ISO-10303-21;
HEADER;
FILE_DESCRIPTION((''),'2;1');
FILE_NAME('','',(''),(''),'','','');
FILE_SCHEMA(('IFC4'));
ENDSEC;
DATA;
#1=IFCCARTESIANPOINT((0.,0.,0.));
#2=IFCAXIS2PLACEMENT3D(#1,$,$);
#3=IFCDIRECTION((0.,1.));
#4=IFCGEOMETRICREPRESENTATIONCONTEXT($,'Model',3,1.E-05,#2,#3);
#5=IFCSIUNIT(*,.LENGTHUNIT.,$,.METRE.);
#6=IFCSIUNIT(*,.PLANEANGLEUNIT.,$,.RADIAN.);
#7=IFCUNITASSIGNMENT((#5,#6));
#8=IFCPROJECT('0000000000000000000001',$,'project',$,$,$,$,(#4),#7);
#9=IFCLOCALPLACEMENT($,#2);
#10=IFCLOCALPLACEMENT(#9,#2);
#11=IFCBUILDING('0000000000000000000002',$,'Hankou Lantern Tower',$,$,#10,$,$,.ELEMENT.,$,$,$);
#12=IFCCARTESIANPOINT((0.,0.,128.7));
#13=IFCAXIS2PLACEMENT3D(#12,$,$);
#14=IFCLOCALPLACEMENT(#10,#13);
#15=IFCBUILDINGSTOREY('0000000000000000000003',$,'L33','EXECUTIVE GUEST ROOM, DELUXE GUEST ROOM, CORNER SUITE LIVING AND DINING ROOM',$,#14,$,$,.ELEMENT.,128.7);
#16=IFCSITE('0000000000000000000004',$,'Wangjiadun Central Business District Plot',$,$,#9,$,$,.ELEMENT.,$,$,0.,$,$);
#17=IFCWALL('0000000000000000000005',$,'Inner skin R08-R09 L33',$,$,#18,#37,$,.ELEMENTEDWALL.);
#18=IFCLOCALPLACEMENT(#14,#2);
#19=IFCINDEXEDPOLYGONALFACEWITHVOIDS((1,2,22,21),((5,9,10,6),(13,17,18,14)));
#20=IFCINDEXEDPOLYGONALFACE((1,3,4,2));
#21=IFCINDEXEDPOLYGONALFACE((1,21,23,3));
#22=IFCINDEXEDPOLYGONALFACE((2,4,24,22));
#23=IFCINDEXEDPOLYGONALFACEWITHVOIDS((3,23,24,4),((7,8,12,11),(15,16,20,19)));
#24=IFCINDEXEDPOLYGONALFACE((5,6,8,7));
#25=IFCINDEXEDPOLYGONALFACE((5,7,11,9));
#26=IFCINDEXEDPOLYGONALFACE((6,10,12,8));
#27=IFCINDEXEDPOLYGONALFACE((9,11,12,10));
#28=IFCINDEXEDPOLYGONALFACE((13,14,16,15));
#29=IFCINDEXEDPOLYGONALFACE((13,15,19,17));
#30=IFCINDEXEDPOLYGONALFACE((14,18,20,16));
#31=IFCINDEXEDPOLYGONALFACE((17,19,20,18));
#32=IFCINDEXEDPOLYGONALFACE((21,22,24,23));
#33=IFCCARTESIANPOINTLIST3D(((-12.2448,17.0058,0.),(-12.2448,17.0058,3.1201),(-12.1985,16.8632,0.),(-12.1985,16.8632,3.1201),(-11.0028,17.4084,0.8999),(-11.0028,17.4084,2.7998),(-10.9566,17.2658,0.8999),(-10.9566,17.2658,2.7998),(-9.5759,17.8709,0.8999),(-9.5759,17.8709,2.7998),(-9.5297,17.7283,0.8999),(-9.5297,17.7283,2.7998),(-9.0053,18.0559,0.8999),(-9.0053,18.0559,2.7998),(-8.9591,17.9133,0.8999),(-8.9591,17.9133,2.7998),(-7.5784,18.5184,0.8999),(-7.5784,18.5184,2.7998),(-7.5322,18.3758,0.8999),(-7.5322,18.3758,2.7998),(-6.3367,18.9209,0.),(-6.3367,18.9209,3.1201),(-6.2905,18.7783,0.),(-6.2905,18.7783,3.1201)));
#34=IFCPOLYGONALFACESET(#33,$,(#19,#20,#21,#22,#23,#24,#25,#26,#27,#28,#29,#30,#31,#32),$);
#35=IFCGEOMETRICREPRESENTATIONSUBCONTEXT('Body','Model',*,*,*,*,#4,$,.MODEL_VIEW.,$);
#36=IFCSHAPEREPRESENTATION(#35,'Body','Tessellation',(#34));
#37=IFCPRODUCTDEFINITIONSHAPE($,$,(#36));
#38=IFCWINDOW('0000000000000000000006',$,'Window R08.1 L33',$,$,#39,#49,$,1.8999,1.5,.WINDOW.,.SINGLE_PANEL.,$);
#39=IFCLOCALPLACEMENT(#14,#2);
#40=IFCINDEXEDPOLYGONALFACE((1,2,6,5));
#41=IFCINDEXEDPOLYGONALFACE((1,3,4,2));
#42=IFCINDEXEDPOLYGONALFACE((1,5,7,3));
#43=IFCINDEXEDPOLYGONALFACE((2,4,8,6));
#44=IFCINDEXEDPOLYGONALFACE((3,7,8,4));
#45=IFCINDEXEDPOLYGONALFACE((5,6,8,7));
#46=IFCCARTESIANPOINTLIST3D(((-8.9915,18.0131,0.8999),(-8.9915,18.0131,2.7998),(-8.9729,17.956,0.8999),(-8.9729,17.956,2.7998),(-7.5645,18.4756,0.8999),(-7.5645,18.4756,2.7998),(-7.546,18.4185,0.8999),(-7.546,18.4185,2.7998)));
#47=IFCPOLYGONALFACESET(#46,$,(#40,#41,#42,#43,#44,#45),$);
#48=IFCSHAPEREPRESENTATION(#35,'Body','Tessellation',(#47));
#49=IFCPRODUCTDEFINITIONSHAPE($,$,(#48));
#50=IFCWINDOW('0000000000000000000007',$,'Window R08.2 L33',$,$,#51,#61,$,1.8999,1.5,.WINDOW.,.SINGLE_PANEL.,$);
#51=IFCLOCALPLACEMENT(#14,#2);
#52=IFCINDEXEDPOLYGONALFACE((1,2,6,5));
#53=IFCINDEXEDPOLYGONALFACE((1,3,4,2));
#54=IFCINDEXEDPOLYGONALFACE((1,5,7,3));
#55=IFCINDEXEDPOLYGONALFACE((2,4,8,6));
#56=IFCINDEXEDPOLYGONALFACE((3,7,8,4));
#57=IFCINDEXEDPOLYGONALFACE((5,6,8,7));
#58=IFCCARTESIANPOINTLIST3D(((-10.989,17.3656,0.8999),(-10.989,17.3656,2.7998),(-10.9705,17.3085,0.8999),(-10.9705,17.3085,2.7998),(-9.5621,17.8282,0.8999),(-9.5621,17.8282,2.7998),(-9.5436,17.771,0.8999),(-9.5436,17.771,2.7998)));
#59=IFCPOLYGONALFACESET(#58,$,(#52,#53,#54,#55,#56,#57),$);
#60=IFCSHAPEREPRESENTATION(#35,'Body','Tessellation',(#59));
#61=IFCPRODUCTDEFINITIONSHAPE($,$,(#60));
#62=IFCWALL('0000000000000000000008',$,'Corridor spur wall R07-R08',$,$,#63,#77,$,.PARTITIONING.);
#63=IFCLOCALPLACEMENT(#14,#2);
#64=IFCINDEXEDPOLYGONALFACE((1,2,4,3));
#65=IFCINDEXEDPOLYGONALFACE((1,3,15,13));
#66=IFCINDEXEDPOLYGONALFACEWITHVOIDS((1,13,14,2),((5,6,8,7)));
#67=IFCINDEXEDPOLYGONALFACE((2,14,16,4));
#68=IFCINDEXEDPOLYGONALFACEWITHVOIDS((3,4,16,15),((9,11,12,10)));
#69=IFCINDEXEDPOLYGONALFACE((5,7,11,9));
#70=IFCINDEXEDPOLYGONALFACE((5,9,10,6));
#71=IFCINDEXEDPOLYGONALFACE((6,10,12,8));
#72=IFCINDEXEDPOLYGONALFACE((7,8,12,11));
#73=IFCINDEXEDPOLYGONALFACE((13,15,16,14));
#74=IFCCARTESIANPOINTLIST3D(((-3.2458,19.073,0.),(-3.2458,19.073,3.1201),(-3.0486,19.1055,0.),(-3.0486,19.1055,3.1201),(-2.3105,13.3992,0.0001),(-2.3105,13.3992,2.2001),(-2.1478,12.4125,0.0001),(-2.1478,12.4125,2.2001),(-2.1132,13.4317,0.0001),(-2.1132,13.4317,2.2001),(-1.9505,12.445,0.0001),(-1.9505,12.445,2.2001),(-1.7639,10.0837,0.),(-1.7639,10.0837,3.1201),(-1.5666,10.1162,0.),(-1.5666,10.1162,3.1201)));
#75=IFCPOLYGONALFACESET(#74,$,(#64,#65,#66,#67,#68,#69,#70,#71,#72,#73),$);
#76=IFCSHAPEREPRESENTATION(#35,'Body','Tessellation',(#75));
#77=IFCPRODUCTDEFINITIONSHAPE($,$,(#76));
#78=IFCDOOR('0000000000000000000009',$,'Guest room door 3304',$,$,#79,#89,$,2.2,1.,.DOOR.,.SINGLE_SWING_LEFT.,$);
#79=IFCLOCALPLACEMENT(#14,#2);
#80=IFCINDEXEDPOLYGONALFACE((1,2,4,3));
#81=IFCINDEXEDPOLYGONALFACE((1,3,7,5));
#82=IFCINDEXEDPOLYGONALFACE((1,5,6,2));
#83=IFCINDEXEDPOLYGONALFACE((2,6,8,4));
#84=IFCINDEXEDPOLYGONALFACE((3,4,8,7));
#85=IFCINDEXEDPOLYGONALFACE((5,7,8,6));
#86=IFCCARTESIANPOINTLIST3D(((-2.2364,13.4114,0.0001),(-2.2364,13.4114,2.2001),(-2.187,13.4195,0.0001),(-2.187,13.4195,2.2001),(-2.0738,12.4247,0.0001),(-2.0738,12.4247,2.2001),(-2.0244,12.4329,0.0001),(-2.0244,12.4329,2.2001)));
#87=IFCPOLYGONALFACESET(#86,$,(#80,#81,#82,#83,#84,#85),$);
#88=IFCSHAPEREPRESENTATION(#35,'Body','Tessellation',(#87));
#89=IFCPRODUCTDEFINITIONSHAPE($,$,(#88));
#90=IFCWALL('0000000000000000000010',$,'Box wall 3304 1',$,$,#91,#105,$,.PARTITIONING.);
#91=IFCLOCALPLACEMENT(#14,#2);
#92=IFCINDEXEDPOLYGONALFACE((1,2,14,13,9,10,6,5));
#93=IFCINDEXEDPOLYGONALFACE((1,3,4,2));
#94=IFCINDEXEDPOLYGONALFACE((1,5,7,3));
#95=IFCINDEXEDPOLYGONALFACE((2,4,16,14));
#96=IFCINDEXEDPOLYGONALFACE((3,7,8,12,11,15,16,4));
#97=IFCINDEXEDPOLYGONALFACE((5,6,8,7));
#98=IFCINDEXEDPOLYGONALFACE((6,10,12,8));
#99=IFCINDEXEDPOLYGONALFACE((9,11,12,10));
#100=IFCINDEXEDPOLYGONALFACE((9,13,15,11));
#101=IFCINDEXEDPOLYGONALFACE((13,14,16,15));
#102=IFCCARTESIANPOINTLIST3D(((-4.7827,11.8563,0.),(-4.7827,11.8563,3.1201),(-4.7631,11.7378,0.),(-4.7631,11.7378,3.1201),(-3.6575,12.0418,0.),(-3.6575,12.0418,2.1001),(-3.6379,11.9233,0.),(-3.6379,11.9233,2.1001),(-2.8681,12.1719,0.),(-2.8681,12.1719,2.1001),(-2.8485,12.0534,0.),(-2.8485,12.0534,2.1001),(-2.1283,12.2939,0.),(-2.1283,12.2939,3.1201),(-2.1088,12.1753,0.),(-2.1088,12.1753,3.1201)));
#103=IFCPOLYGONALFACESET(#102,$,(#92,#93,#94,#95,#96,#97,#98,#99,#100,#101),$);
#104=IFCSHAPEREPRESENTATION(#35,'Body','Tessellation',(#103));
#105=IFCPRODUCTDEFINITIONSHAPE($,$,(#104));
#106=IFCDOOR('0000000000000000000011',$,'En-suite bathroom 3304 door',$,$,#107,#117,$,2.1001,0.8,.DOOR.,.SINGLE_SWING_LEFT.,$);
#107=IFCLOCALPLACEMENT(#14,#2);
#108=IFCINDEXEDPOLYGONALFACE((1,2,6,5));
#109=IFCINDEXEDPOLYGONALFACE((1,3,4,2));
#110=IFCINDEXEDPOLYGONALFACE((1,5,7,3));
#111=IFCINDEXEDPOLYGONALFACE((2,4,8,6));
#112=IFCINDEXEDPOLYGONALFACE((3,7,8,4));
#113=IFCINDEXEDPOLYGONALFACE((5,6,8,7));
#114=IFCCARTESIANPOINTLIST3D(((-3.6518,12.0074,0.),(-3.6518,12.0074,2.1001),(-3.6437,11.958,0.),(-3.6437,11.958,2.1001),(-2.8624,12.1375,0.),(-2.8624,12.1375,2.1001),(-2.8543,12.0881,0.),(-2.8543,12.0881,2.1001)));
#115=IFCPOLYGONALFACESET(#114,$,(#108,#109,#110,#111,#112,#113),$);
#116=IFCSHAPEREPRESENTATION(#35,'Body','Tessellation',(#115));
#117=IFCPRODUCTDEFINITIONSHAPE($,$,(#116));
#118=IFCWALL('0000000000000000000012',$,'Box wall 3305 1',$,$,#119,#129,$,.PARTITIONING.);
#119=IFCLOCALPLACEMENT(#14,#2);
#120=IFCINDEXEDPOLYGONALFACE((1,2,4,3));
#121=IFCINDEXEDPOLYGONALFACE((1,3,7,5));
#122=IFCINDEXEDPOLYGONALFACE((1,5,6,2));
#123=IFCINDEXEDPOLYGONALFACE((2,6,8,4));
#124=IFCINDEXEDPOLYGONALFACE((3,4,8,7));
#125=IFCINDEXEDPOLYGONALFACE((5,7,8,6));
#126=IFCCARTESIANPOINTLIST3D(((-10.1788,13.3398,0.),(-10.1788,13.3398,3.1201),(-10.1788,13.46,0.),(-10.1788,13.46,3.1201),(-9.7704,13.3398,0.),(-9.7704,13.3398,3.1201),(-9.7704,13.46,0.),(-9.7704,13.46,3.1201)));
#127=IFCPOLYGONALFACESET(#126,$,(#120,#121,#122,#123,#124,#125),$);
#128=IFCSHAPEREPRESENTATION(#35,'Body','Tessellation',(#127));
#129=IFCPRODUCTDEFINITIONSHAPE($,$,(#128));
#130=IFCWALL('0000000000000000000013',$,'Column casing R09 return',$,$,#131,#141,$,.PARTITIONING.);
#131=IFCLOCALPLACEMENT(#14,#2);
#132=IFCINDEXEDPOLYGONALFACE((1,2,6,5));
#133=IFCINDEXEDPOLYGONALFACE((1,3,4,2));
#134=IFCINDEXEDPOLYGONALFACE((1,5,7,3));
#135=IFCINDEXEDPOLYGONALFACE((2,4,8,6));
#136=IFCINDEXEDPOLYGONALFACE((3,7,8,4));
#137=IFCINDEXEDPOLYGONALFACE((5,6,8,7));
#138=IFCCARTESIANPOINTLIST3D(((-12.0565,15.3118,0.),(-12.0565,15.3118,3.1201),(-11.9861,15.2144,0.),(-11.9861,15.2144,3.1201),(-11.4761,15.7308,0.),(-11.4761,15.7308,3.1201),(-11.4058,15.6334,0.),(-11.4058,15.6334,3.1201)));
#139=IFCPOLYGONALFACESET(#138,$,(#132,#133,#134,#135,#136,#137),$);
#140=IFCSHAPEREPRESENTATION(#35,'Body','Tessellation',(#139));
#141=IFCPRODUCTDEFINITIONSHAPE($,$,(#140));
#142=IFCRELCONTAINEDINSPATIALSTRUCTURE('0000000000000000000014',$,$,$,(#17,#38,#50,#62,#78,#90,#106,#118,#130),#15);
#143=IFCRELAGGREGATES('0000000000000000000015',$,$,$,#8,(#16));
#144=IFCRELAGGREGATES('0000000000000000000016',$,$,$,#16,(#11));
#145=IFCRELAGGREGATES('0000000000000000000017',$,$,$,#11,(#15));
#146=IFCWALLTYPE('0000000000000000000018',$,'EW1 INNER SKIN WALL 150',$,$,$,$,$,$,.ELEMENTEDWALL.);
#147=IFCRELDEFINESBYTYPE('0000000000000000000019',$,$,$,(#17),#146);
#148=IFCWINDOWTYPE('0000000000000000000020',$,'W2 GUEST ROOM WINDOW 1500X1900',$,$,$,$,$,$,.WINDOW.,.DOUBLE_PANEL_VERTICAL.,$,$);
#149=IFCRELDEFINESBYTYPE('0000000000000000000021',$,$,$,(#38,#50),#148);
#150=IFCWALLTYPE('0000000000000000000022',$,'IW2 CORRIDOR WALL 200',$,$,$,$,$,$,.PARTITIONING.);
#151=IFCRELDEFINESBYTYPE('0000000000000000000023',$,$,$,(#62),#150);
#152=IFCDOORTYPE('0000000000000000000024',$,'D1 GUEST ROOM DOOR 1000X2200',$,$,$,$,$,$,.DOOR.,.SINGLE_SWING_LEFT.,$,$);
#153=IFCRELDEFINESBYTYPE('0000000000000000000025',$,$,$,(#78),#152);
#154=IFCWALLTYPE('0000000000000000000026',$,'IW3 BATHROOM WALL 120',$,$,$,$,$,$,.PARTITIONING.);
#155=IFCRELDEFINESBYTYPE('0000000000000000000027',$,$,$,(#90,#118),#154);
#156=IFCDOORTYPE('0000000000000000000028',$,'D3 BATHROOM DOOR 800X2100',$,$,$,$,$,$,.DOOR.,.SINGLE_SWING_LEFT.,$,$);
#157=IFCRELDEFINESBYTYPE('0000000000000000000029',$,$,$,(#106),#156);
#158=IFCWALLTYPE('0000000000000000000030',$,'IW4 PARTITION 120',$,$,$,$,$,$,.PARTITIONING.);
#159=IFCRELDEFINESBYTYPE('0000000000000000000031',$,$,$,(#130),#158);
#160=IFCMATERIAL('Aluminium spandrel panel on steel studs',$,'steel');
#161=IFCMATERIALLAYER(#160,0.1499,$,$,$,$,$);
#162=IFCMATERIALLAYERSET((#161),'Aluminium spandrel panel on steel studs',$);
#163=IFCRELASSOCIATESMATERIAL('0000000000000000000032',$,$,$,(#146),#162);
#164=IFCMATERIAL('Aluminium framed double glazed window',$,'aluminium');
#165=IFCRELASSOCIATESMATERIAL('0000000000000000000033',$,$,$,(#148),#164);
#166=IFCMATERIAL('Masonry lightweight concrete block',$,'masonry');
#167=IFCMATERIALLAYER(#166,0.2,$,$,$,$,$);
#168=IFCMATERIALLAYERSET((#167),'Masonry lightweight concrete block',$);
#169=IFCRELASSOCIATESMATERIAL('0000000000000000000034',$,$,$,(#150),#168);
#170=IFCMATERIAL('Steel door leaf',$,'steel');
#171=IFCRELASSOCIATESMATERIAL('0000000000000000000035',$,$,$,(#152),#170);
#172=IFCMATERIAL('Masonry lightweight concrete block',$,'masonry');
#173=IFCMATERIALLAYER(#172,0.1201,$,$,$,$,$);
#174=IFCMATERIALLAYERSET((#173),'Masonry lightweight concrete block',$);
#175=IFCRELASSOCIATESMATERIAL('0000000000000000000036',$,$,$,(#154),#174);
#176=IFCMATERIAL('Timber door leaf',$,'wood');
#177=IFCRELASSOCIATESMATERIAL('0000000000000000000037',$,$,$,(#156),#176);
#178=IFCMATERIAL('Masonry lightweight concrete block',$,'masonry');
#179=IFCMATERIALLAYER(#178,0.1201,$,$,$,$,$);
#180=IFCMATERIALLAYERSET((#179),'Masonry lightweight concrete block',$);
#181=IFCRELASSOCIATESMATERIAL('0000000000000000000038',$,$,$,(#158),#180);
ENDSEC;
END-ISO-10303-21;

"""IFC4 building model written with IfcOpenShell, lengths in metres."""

from ifc_helpers import new_model, si_unit, direction, frame, frame_2d, origin, place, context, subcontext, project, spatial, rectangle, extrude, material, layer, layer_set, type_object, element, fill, save


model = new_model("IFC4")

# Units and contexts
model_context = context("Model", 3, precision=1e-05, world=origin(), true_north=direction((0.0, 1.0)))
body_context = subcontext(model_context, "Body", "Model", "MODEL_VIEW")
ifc_project = project(units=[si_unit("LENGTHUNIT", "METRE"), si_unit("PLANEANGLEUNIT", "RADIAN")], contexts=[model_context])

# Site, building, storey
site_placement = place(None, origin())
site = spatial("IfcSite", under=ifc_project, at=site_placement, Name="Wangjiadun Central Business District Plot", CompositionType="ELEMENT", RefElevation=0.0)
building_placement = place(site_placement, origin())
building = spatial("IfcBuilding", under=site, at=building_placement, Name="Hankou Lantern Tower", CompositionType="ELEMENT")
storey_placement = place(building_placement, frame((0.0, 0.0, 128.7)))
storey = spatial("IfcBuildingStorey", under=building, at=storey_placement, Name="L33", Description="EXECUTIVE GUEST ROOM, DELUXE GUEST ROOM, CORNER SUITE LIVING AND DINING ROOM", CompositionType="ELEMENT", Elevation=128.7)

# Wall, openings, windows
ifc_material_1 = material(Name="Aluminium spandrel panel on steel studs", Category="steel")
ifc_layer_1 = layer(ifc_material_1, 0.1499)
ifc_layer_set_1 = layer_set([ifc_layer_1], Name="Aluminium spandrel panel on steel studs")
wall_type_1 = type_object("IfcWallType", Name="EW1 INNER SKIN WALL 150", PredefinedType="ELEMENTEDWALL", material=ifc_layer_set_1)
wall_1_placement = place(storey_placement, frame((-6.3135, 18.8496, 0.0), z_axis=(0.0, 0.0, 1.0), x_axis=(-0.951273, -0.308351, 0.0)))
wall_1 = element("IfcWall", 1, at=wall_1_placement, inside=storey, type_object=wall_type_1, Name="Inner skin R08-R09 L33", PredefinedType="ELEMENTEDWALL", context=body_context, shape_type="SweptSolid", body=[
    extrude(rectangle(XDim=6.2107, YDim=0.1499, at=frame_2d((3.1055, 0.0))), origin(), (0.0, 0.0, 1.0), 3.1201),
])
opening_1_placement = place(wall_1_placement, frame((1.3054, 0.0, 0.8999)))
opening_1 = element("IfcOpeningElement", 2, at=opening_1_placement, cuts=wall_1, PredefinedType="OPENING", context=body_context, shape_type="SweptSolid", body=[
    extrude(rectangle(XDim=1.5, YDim=1.8999, at=frame_2d((0.75, 0.95))), frame((0.0, 0.085, 0.0), z_axis=(0.0, -1.0, 0.0), x_axis=(1.0, 0.0, 0.0)), (0.0, 0.0, 1.0), 0.1699),
])
opening_2_placement = place(wall_1_placement, frame((3.4053, 0.0, 0.8999)))
opening_2 = element("IfcOpeningElement", 3, at=opening_2_placement, cuts=wall_1, PredefinedType="OPENING", context=body_context, shape_type="SweptSolid", body=[
    extrude(rectangle(XDim=1.5, YDim=1.8999, at=frame_2d((0.75, 0.95))), frame((0.0, 0.085, 0.0), z_axis=(0.0, -1.0, 0.0), x_axis=(1.0, 0.0, 0.0)), (0.0, 0.0, 1.0), 0.1699),
])
ifc_material_2 = material(Name="Aluminium framed double glazed window", Category="aluminium")
window_type = type_object("IfcWindowType", Name="W2 GUEST ROOM WINDOW 1500X1900", PartitioningType="DOUBLE_PANEL_VERTICAL", PredefinedType="WINDOW", material=ifc_material_2)
window_1_placement = place(opening_1_placement, origin())
window_1 = element("IfcWindow", 4, at=window_1_placement, inside=storey, type_object=window_type, Name="Window R08.1 L33", OverallHeight=1.8999, OverallWidth=1.5, PartitioningType="SINGLE_PANEL", PredefinedType="WINDOW", context=body_context, shape_type="SweptSolid", body=[
    extrude(rectangle(XDim=1.5, YDim=1.8999, at=frame_2d((0.75, 0.95))), frame((0.0, 0.03, 0.0), z_axis=(0.0, -1.0, 0.0), x_axis=(1.0, 0.0, 0.0)), (0.0, 0.0, 1.0), 0.0601),
])
fill(opening_1, window_1)
window_2_placement = place(opening_2_placement, origin())
window_2 = element("IfcWindow", 5, at=window_2_placement, inside=storey, type_object=window_type, Name="Window R08.2 L33", OverallHeight=1.8999, OverallWidth=1.5, PartitioningType="SINGLE_PANEL", PredefinedType="WINDOW", context=body_context, shape_type="SweptSolid", body=[
    extrude(rectangle(XDim=1.5, YDim=1.8999, at=frame_2d((0.75, 0.95))), frame((0.0, 0.03, 0.0), z_axis=(0.0, -1.0, 0.0), x_axis=(1.0, 0.0, 0.0)), (0.0, 0.0, 1.0), 0.0601),
])
fill(opening_2, window_2)

# Walls, openings, doors
ifc_material_3 = material(Name="Masonry lightweight concrete block", Category="masonry")
ifc_layer_2 = layer(ifc_material_3, 0.2)
ifc_layer_set_2 = layer_set([ifc_layer_2], Name="Masonry lightweight concrete block")
wall_type_2 = type_object("IfcWallType", Name="IW2 CORRIDOR WALL 200", PredefinedType="PARTITIONING", material=ifc_layer_set_2)
wall_2_placement = place(storey_placement, frame((-1.6653, 10.1001, 0.0), z_axis=(0.0, 0.0, 1.0), x_axis=(-0.162661, 0.986682, 0.0)))
wall_2 = element("IfcWall", 6, at=wall_2_placement, inside=storey, type_object=wall_type_2, Name="Corridor spur wall R07-R08", PredefinedType="PARTITIONING", context=body_context, shape_type="SweptSolid", body=[
    extrude(rectangle(XDim=9.1106, YDim=0.2, at=frame_2d((4.5552, 0.0))), origin(), (0.0, 0.0, 1.0), 3.1201),
])
opening_3_placement = place(wall_2_placement, frame((2.3601, 0.0, 0.0)))
opening_3 = element("IfcOpeningElement", 7, at=opening_3_placement, cuts=wall_2, PredefinedType="OPENING", context=body_context, shape_type="SweptSolid", body=[
    extrude(rectangle(XDim=1.0, YDim=2.2, at=frame_2d((0.5, 1.1001))), frame((0.0, 0.1099, 0.0), z_axis=(0.0, -1.0, 0.0), x_axis=(1.0, 0.0, 0.0)), (0.0, 0.0, 1.0), 0.22),
])
ifc_material_4 = material(Name="Steel door leaf", Category="steel")
door_type_1 = type_object("IfcDoorType", Name="D1 GUEST ROOM DOOR 1000X2200", OperationType="SINGLE_SWING_LEFT", PredefinedType="DOOR", material=ifc_material_4)
door_1_placement = place(opening_3_placement, origin())
door_1 = element("IfcDoor", 8, at=door_1_placement, inside=storey, type_object=door_type_1, Name="Guest room door 3304", OperationType="SINGLE_SWING_LEFT", OverallHeight=2.2, OverallWidth=1.0, PredefinedType="DOOR", context=body_context, shape_type="SweptSolid", body=[
    extrude(rectangle(XDim=1.0, YDim=2.2, at=frame_2d((0.5, 1.1001))), frame((0.0, 0.0249, 0.0), z_axis=(0.0, -1.0, 0.0), x_axis=(1.0, 0.0, 0.0)), (0.0, 0.0, 1.0), 0.05),
])
fill(opening_3, door_1)
ifc_material_5 = material(Name="Masonry lightweight concrete block", Category="masonry")
ifc_layer_3 = layer(ifc_material_5, 0.1201)
ifc_layer_set_3 = layer_set([ifc_layer_3], Name="Masonry lightweight concrete block")
wall_type_3 = type_object("IfcWallType", Name="IW3 BATHROOM WALL 120", PredefinedType="PARTITIONING", material=ifc_layer_set_3)
wall_3_placement = place(storey_placement, frame((-2.1184, 12.2346, 0.0), z_axis=(0.0, 0.0, 1.0), x_axis=(-0.986687, -0.162633, 0.0)))
wall_3 = element("IfcWall", 9, at=wall_3_placement, inside=storey, type_object=wall_type_3, Name="Box wall 3304 1", PredefinedType="PARTITIONING", context=body_context, shape_type="SweptSolid", body=[
    extrude(rectangle(XDim=2.6902, YDim=0.1201, at=frame_2d((1.3452, 0.0))), origin(), (0.0, 0.0, 1.0), 3.1201),
])
opening_4_placement = place(wall_3_placement, frame((0.75, 0.0, 0.0)))
opening_4 = element("IfcOpeningElement", 10, at=opening_4_placement, cuts=wall_3, PredefinedType="OPENING", context=body_context, shape_type="SweptSolid", body=[
    extrude(rectangle(XDim=0.8, YDim=2.1001, at=frame_2d((0.3999, 1.05))), frame((0.0, 0.0701, 0.0), z_axis=(0.0, -1.0, 0.0), x_axis=(1.0, 0.0, 0.0)), (0.0, 0.0, 1.0), 0.1401),
])
ifc_material_6 = material(Name="Timber door leaf", Category="wood")
door_type_2 = type_object("IfcDoorType", Name="D3 BATHROOM DOOR 800X2100", OperationType="SINGLE_SWING_LEFT", PredefinedType="DOOR", material=ifc_material_6)
door_2_placement = place(opening_4_placement, origin())
door_2 = element("IfcDoor", 11, at=door_2_placement, inside=storey, type_object=door_type_2, Name="En-suite bathroom 3304 door", OperationType="SINGLE_SWING_LEFT", OverallHeight=2.1001, OverallWidth=0.8, PredefinedType="DOOR", context=body_context, shape_type="SweptSolid", body=[
    extrude(rectangle(XDim=0.8, YDim=2.1001, at=frame_2d((0.3999, 1.05))), frame((0.0, 0.0249, 0.0), z_axis=(0.0, -1.0, 0.0), x_axis=(1.0, 0.0, 0.0)), (0.0, 0.0, 1.0), 0.05),
])
fill(opening_4, door_2)

# Walls
wall_4_placement = place(storey_placement, frame((-9.7705, 13.3999, 0.0), z_axis=(0.0, 0.0, 1.0), x_axis=(-1.0, 0.0, 0.0)))
element("IfcWall", 12, at=wall_4_placement, inside=storey, type_object=wall_type_3, Name="Box wall 3305 1", PredefinedType="PARTITIONING", context=body_context, shape_type="SweptSolid", body=[
    extrude(rectangle(XDim=0.4084, YDim=0.1201, at=frame_2d((0.2041, 0.0))), origin(), (0.0, 0.0, 1.0), 3.1201),
])
ifc_material_7 = material(Name="Masonry lightweight concrete block", Category="masonry")
ifc_layer_4 = layer(ifc_material_7, 0.1201)
ifc_layer_set_4 = layer_set([ifc_layer_4], Name="Masonry lightweight concrete block")
wall_type_4 = type_object("IfcWallType", Name="IW4 PARTITION 120", PredefinedType="PARTITIONING", material=ifc_layer_set_4)
wall_5_placement = place(storey_placement, frame((-11.4409, 15.6821, 0.0), z_axis=(0.0, 0.0, 1.0), x_axis=(-0.810796, -0.585329, 0.0)))
element("IfcWall", 13, at=wall_5_placement, inside=storey, type_object=wall_type_4, Name="Column casing R09 return", PredefinedType="PARTITIONING", context=body_context, shape_type="SweptSolid", body=[
    extrude(rectangle(XDim=0.7158, YDim=0.1201, at=frame_2d((0.3579, 0.0))), origin(), (0.0, 0.0, 1.0), 3.1201),
])

save(model, "model.ifc")
